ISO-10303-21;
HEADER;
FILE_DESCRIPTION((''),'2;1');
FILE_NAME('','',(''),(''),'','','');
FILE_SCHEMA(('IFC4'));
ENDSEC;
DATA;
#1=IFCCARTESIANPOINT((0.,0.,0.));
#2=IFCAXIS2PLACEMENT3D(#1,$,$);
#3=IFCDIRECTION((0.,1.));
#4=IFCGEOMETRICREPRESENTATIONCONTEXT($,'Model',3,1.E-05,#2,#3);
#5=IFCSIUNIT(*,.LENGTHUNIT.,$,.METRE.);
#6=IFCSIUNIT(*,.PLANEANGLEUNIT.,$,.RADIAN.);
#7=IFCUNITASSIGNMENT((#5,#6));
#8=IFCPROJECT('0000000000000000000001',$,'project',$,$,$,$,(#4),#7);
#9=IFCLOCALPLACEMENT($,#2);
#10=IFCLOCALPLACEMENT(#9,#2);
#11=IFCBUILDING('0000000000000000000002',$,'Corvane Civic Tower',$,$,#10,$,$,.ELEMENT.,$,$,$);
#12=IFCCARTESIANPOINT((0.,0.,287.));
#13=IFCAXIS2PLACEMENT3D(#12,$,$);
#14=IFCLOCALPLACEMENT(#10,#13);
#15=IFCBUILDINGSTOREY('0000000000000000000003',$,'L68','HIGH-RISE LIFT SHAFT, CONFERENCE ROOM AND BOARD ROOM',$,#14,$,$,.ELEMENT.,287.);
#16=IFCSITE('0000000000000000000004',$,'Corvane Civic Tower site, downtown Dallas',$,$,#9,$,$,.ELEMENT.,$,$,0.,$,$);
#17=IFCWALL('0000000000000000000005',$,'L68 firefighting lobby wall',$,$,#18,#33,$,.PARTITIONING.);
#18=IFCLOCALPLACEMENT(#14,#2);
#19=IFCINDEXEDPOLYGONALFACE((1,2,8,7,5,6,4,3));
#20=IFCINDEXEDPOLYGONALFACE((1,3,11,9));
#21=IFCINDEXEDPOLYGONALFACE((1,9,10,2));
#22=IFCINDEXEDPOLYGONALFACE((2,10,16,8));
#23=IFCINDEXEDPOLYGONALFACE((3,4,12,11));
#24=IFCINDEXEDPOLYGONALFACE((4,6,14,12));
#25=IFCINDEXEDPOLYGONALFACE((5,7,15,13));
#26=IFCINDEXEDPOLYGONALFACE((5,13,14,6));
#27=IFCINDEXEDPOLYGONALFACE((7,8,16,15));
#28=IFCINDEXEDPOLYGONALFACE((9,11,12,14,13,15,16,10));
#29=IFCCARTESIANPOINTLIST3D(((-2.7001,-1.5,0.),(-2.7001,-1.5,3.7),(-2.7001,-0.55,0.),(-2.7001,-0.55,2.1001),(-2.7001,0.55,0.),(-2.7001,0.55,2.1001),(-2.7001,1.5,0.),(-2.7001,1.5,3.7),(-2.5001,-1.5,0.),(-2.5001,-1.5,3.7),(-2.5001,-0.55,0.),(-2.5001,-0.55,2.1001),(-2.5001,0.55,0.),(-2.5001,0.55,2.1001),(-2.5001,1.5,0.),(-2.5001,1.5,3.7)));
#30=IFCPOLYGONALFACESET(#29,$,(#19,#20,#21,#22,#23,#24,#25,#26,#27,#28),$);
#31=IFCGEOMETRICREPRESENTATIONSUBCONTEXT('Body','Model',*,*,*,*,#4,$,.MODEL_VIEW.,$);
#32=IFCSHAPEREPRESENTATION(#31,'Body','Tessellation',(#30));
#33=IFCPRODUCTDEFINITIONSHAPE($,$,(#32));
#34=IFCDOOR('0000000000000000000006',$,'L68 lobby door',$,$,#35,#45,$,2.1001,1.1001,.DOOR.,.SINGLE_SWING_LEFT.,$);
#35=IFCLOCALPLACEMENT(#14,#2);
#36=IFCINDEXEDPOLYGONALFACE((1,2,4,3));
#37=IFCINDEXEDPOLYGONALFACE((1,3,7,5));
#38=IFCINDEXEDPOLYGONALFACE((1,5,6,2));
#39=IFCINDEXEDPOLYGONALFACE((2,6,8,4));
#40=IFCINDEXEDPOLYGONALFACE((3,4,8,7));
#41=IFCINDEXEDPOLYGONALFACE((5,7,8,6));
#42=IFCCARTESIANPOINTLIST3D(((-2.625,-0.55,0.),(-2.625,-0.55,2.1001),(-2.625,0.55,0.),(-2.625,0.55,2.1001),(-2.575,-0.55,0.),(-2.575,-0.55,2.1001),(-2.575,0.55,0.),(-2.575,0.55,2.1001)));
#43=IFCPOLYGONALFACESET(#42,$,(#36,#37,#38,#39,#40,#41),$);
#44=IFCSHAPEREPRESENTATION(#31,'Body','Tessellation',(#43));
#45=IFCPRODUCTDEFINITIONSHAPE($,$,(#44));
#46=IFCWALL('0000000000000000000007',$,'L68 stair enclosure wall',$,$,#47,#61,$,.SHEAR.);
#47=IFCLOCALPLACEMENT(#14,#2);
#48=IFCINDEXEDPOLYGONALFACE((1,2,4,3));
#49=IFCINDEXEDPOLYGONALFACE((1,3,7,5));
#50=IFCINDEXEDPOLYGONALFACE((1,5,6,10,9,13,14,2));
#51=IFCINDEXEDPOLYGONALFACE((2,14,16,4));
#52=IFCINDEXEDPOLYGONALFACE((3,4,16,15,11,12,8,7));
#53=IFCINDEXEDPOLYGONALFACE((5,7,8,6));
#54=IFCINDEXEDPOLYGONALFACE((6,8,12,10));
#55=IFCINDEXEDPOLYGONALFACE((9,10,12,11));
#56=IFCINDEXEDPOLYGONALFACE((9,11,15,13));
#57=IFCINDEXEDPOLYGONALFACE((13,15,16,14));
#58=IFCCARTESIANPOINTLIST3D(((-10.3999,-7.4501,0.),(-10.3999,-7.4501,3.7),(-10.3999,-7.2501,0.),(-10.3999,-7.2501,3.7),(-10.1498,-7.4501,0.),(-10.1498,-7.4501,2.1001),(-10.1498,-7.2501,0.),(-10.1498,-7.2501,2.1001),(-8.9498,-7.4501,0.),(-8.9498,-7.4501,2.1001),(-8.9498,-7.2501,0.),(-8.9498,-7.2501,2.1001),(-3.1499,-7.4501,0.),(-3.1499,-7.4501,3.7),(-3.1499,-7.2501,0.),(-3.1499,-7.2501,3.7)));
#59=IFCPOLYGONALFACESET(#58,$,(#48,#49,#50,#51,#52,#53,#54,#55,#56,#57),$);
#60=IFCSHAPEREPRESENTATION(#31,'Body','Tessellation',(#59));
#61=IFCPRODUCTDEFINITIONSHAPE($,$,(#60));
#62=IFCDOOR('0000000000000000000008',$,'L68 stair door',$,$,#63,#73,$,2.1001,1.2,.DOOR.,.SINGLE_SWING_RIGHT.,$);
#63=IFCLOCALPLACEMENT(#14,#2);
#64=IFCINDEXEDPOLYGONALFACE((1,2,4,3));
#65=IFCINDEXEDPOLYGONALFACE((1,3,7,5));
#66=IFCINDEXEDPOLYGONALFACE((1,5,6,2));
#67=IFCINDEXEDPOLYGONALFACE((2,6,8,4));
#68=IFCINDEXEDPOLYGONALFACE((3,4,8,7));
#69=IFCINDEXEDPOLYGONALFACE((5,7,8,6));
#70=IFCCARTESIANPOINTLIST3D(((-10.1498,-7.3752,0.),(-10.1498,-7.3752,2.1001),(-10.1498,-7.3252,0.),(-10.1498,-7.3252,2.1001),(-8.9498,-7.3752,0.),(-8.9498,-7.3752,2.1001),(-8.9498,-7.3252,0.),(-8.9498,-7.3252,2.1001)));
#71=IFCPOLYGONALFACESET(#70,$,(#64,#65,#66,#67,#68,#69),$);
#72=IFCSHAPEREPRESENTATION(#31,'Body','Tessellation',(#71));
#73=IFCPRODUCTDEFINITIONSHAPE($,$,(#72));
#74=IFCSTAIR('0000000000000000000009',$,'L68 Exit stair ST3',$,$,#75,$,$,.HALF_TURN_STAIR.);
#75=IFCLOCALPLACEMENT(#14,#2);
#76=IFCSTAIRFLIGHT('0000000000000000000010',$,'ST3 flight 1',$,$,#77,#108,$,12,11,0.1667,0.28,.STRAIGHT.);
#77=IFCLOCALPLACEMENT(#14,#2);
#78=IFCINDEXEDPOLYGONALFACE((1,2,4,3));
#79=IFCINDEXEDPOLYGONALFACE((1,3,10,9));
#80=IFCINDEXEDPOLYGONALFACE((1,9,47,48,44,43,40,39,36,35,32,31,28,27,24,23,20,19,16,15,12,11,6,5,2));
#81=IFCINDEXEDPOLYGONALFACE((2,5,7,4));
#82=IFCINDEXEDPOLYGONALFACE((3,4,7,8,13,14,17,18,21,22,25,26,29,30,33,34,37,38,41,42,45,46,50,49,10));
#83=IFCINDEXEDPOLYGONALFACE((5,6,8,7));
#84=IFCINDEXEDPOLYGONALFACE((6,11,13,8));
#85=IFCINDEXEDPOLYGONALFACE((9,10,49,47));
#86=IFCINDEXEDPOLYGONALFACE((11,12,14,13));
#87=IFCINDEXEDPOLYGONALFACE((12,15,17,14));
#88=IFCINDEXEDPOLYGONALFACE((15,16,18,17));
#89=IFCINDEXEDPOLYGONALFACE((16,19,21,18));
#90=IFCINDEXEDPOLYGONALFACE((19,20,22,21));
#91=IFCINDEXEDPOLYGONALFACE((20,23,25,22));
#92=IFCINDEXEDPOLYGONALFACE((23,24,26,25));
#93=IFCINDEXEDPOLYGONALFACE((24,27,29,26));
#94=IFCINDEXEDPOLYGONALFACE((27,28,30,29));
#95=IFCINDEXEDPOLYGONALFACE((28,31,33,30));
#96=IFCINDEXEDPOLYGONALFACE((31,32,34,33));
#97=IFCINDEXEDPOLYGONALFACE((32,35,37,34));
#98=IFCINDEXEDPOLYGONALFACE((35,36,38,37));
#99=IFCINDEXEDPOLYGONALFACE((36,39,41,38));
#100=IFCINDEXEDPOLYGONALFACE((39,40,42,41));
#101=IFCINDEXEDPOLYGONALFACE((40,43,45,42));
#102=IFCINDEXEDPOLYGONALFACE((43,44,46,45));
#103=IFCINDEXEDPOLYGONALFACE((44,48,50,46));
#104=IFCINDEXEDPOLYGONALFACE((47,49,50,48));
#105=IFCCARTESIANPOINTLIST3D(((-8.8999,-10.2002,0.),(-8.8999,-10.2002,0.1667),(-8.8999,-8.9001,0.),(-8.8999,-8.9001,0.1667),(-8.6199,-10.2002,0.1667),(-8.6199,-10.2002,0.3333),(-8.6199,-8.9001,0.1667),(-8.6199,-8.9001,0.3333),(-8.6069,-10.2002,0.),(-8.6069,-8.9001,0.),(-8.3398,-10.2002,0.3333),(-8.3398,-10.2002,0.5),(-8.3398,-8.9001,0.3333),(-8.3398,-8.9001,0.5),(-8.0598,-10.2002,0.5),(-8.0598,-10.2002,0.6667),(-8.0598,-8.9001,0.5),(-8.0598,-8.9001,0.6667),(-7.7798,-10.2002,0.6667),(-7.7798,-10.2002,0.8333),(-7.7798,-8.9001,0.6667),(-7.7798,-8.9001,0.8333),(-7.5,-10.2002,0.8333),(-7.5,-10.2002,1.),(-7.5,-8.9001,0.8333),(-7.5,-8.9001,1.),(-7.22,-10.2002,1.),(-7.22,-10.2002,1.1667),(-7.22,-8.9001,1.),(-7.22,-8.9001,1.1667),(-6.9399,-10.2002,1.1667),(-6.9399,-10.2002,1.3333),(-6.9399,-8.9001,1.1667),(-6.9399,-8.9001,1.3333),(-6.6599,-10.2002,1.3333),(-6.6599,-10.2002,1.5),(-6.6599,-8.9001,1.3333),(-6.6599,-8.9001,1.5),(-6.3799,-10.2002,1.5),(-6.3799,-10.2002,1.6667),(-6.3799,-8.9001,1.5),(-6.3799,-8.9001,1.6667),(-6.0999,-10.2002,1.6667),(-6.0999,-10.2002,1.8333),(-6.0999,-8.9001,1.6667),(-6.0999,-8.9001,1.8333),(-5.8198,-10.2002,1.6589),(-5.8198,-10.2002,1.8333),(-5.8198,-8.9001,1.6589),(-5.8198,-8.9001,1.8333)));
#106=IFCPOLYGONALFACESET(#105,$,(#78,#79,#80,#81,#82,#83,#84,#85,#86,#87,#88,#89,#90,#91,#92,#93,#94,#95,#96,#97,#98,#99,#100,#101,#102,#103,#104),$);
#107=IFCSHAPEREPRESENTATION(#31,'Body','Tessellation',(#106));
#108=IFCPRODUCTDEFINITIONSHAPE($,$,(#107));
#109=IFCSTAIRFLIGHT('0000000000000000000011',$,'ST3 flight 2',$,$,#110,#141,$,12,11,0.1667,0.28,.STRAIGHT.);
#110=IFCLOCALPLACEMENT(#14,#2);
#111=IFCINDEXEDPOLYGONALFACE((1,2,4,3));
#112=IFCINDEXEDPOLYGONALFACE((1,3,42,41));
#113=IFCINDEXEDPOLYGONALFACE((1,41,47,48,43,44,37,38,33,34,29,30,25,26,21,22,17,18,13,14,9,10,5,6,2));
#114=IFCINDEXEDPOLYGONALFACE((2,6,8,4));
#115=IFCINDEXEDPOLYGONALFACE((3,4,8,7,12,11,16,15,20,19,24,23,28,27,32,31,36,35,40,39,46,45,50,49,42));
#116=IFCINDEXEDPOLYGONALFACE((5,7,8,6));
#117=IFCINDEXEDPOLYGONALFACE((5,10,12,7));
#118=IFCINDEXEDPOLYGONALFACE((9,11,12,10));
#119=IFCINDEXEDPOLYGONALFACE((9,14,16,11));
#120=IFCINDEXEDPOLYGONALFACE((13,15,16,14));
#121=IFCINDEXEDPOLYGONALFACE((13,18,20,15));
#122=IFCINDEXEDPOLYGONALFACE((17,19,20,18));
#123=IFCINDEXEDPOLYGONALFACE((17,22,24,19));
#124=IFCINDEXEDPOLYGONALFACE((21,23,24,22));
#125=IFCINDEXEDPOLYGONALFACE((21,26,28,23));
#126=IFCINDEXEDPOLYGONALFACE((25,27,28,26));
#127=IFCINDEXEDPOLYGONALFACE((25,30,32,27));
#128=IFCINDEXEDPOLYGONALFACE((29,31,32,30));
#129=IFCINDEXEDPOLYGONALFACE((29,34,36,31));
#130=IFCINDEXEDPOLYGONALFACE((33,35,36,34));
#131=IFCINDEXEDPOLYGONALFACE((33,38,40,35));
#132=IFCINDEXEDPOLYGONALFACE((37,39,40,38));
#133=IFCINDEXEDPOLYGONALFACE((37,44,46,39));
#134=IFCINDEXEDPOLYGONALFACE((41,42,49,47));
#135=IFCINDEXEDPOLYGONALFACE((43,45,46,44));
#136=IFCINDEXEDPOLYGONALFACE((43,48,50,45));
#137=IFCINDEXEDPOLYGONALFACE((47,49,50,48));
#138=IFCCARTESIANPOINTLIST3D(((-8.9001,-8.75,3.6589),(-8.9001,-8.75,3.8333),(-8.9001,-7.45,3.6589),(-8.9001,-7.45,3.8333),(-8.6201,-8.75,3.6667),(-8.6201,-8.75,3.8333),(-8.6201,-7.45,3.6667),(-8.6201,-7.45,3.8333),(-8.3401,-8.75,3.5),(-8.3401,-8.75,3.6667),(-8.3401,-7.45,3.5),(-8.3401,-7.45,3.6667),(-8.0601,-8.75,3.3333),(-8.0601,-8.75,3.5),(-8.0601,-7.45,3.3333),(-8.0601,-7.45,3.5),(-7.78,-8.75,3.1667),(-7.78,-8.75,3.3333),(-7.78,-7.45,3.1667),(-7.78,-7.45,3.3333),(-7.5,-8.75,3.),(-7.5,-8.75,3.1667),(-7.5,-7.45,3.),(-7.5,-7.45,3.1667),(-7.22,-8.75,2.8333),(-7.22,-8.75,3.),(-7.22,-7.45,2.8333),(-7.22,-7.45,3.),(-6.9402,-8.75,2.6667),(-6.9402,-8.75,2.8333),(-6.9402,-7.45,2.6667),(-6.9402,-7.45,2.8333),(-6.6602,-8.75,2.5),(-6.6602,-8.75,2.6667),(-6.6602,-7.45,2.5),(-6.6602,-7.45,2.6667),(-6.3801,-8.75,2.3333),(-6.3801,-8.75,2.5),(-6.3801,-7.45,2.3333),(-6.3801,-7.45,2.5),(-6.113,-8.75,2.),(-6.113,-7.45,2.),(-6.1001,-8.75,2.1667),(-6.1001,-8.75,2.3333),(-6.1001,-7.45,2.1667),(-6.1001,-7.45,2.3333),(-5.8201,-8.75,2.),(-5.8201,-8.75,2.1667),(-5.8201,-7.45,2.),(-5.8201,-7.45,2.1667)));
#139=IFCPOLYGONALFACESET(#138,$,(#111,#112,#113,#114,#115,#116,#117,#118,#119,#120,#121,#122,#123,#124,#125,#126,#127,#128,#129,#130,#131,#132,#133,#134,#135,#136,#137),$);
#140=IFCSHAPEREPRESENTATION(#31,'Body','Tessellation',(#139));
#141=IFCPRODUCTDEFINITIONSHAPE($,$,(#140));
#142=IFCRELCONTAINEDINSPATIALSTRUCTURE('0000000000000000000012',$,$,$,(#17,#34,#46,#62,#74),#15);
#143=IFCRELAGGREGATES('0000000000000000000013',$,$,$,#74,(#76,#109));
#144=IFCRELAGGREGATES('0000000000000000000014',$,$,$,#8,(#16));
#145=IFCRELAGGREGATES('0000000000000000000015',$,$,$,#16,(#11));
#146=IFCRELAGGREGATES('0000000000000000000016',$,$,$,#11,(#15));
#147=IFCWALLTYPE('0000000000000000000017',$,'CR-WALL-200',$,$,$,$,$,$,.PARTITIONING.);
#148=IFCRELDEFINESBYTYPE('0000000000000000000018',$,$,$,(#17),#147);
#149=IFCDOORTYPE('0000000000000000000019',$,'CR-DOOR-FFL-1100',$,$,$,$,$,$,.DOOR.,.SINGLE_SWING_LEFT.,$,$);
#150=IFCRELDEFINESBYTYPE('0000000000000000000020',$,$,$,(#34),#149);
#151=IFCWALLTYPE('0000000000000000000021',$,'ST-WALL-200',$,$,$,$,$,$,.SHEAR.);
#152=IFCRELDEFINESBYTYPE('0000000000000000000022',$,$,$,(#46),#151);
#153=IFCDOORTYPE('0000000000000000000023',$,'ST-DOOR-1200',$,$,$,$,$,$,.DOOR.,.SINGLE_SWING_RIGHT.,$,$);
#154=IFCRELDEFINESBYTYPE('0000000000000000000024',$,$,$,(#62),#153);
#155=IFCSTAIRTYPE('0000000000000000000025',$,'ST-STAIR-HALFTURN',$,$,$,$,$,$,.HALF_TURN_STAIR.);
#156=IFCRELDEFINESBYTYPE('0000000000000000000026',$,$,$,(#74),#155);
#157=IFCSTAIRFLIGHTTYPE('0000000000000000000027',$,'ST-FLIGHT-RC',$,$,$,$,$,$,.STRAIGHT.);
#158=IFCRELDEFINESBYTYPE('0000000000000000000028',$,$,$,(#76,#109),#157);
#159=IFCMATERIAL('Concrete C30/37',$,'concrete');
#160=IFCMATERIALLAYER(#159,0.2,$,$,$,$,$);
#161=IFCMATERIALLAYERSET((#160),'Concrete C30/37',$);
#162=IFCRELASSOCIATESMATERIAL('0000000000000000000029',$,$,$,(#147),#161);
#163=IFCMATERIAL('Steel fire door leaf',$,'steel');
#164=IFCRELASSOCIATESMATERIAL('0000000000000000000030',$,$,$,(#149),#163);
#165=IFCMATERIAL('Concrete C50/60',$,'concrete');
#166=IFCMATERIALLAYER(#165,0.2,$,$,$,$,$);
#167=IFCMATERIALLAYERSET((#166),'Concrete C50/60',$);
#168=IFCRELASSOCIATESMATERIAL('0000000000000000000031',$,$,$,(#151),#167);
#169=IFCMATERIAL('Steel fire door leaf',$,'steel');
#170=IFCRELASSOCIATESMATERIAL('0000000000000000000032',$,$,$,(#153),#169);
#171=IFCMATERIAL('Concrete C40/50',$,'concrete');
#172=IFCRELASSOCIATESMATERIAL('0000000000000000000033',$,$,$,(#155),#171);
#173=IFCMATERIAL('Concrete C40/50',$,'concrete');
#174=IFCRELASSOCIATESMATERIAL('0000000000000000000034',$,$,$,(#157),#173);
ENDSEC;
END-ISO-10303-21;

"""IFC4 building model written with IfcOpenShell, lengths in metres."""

from ifc_helpers import new_model, si_unit, direction, frame, frame_2d, origin, place, context, subcontext, project, spatial, polyline, rectangle, outline, extrude, material, layer, layer_set, type_object, element, fill, aggregate, save


model = new_model("IFC4")

# Units and contexts
model_context = context("Model", 3, precision=1e-05, world=origin(), true_north=direction((0.0, 1.0)))
body_context = subcontext(model_context, "Body", "Model", "MODEL_VIEW")
ifc_project = project(units=[si_unit("LENGTHUNIT", "METRE"), si_unit("PLANEANGLEUNIT", "RADIAN")], contexts=[model_context])

# Site, building, storey
site_placement = place(None, origin())
site = spatial("IfcSite", under=ifc_project, at=site_placement, Name="Corvane Civic Tower site, downtown Dallas", CompositionType="ELEMENT", RefElevation=0.0)
building_placement = place(site_placement, origin())
building = spatial("IfcBuilding", under=site, at=building_placement, Name="Corvane Civic Tower", CompositionType="ELEMENT")
storey_placement = place(building_placement, frame((0.0, 0.0, 287.0)))
storey = spatial("IfcBuildingStorey", under=building, at=storey_placement, Name="L68", Description="HIGH-RISE LIFT SHAFT, CONFERENCE ROOM AND BOARD ROOM", CompositionType="ELEMENT", Elevation=287.0)

# Shared definitions
ifc_material_1 = material(Name="Concrete C30/37", Category="concrete")
ifc_layer_1 = layer(ifc_material_1, 0.2)
ifc_layer_set_1 = layer_set([ifc_layer_1], Name="Concrete C30/37")
wall_type_1 = type_object("IfcWallType", Name="CR-WALL-200", PredefinedType="PARTITIONING", material=ifc_layer_set_1)

# Walls, openings, doors
ifc_material_2 = material(Name="Steel fire door leaf", Category="steel")
door_type_1 = type_object("IfcDoorType", Name="CR-DOOR-FFL-1100", OperationType="SINGLE_SWING_LEFT", PredefinedType="DOOR", material=ifc_material_2)
wall_1_placement = place(storey_placement, frame((-2.6001, -1.5, 0.0), z_axis=(0.0, 0.0, 1.0), x_axis=(0.0, 1.0, 0.0)))
wall_1 = element("IfcWall", 1, at=wall_1_placement, inside=storey, type_object=wall_type_1, Name="L68 firefighting lobby wall", PredefinedType="PARTITIONING", context=body_context, shape_type="SweptSolid", body=[
    extrude(rectangle(XDim=3.0, YDim=0.2, at=frame_2d((1.5, 0.0))), origin(), (0.0, 0.0, 1.0), 3.7),
])
opening_1_placement = place(wall_1_placement, frame((0.95, 0.0, 0.0)))
opening_1 = element("IfcOpeningElement", 2, at=opening_1_placement, cuts=wall_1, PredefinedType="OPENING", context=body_context, shape_type="SweptSolid", body=[
    extrude(rectangle(XDim=1.1001, YDim=2.1001, at=frame_2d((0.55, 1.05))), frame((0.0, 0.1099, 0.0), z_axis=(0.0, -1.0, 0.0), x_axis=(1.0, 0.0, 0.0)), (0.0, 0.0, 1.0), 0.22),
])
door_1_placement = place(opening_1_placement, origin())
door_1 = element("IfcDoor", 3, at=door_1_placement, inside=storey, type_object=door_type_1, Name="L68 lobby door", OperationType="SINGLE_SWING_LEFT", OverallHeight=2.1001, OverallWidth=1.1001, PredefinedType="DOOR", context=body_context, shape_type="SweptSolid", body=[
    extrude(rectangle(XDim=1.1001, YDim=2.1001, at=frame_2d((0.55, 1.05))), frame((0.0, 0.0249, 0.0), z_axis=(0.0, -1.0, 0.0), x_axis=(1.0, 0.0, 0.0)), (0.0, 0.0, 1.0), 0.05),
])
fill(opening_1, door_1)
ifc_material_3 = material(Name="Concrete C50/60", Category="concrete")
ifc_layer_2 = layer(ifc_material_3, 0.2)
ifc_layer_set_2 = layer_set([ifc_layer_2], Name="Concrete C50/60")
wall_type_2 = type_object("IfcWallType", Name="ST-WALL-200", PredefinedType="SHEAR", material=ifc_layer_set_2)
wall_2_placement = place(storey_placement, frame((-10.3999, -7.3501, 0.0), z_axis=(0.0, 0.0, 1.0), x_axis=(1.0, 0.0, 0.0)))
wall_2 = element("IfcWall", 4, at=wall_2_placement, inside=storey, type_object=wall_type_2, Name="L68 stair enclosure wall", PredefinedType="SHEAR", context=body_context, shape_type="SweptSolid", body=[
    extrude(rectangle(XDim=7.25, YDim=0.2, at=frame_2d((3.625, 0.0))), origin(), (0.0, 0.0, 1.0), 3.7),
])
opening_2_placement = place(wall_2_placement, frame((0.25, 0.0, 0.0)))
opening_2 = element("IfcOpeningElement", 5, at=opening_2_placement, cuts=wall_2, PredefinedType="OPENING", context=body_context, shape_type="SweptSolid", body=[
    extrude(rectangle(XDim=1.2, YDim=2.1001, at=frame_2d((0.6001, 1.05))), frame((0.0, 0.1099, 0.0), z_axis=(0.0, -1.0, 0.0), x_axis=(1.0, 0.0, 0.0)), (0.0, 0.0, 1.0), 0.22),
])
ifc_material_4 = material(Name="Steel fire door leaf", Category="steel")
door_type_2 = type_object("IfcDoorType", Name="ST-DOOR-1200", OperationType="SINGLE_SWING_RIGHT", PredefinedType="DOOR", material=ifc_material_4)
door_2_placement = place(opening_2_placement, origin())
door_2 = element("IfcDoor", 6, at=door_2_placement, inside=storey, type_object=door_type_2, Name="L68 stair door", OperationType="SINGLE_SWING_RIGHT", OverallHeight=2.1001, OverallWidth=1.2, PredefinedType="DOOR", context=body_context, shape_type="SweptSolid", body=[
    extrude(rectangle(XDim=1.2, YDim=2.1001, at=frame_2d((0.6001, 1.05))), frame((0.0, 0.0249, 0.0), z_axis=(0.0, -1.0, 0.0), x_axis=(1.0, 0.0, 0.0)), (0.0, 0.0, 1.0), 0.05),
])
fill(opening_2, door_2)

# Stair, stair flights
ifc_material_5 = material(Name="Concrete C40/50", Category="concrete")
stair_type = type_object("IfcStairType", Name="ST-STAIR-HALFTURN", PredefinedType="HALF_TURN_STAIR", material=ifc_material_5)
stair_placement = place(storey_placement, origin())
stair = element("IfcStair", 7, at=stair_placement, inside=storey, type_object=stair_type, Name="L68 Exit stair ST3", PredefinedType="HALF_TURN_STAIR")
ifc_material_6 = material(Name="Concrete C40/50", Category="concrete")
stair_flight_type = type_object("IfcStairFlightType", Name="ST-FLIGHT-RC", PredefinedType="STRAIGHT", material=ifc_material_6)
stair_flight_1_placement = place(storey_placement, frame((-8.8999, -9.55, 0.0), z_axis=(0.0, 0.0, 1.0), x_axis=(1.0, 0.0, 0.0)))
stair_flight_1 = element("IfcStairFlight", 8, at=stair_flight_1_placement, type_object=stair_flight_type, Name="ST3 flight 1", NumberOfRisers=12, NumberOfTreads=11, PredefinedType="STRAIGHT", RiserHeight=0.1667, TreadLength=0.28, context=body_context, shape_type="SweptSolid", body=[
    extrude(outline(polyline([(0.0, 0.0), (0.0, 0.1667), (0.28, 0.1667), (0.28, 0.3333), (0.5601, 0.3333), (0.5601, 0.5), (0.8401, 0.5), (0.8401, 0.6667), (1.1201, 0.6667), (1.1201, 0.8333), (1.3999, 0.8333), (1.3999, 1.0), (1.6799, 1.0), (1.6799, 1.1667), (1.96, 1.1667), (1.96, 1.3333), (2.24, 1.3333), (2.24, 1.5), (2.52, 1.5), (2.52, 1.6667), (2.8, 1.6667), (2.8, 1.8333), (3.0801, 1.8333), (3.0801, 2.0), (3.0801, 1.6589), (0.293, 0.0), (0.0, 0.0)])), frame((0.0, 0.6499, 0.0), z_axis=(0.0, -1.0, 0.0), x_axis=(1.0, 0.0, 0.0)), (0.0, 0.0, 1.0), 1.3),
])
stair_flight_2_placement = place(storey_placement, frame((-5.8201, -8.1001, 2.0), z_axis=(0.0, 0.0, 1.0), x_axis=(-1.0, 0.0, 0.0)))
stair_flight_2 = element("IfcStairFlight", 9, at=stair_flight_2_placement, type_object=stair_flight_type, Name="ST3 flight 2", NumberOfRisers=12, NumberOfTreads=11, PredefinedType="STRAIGHT", RiserHeight=0.1667, TreadLength=0.28, context=body_context, shape_type="SweptSolid", body=[
    extrude(outline(polyline([(0.0, 0.0), (0.0, 0.1667), (0.28, 0.1667), (0.28, 0.3333), (0.5601, 0.3333), (0.5601, 0.5), (0.8401, 0.5), (0.8401, 0.6667), (1.1201, 0.6667), (1.1201, 0.8333), (1.3999, 0.8333), (1.3999, 1.0), (1.6799, 1.0), (1.6799, 1.1667), (1.96, 1.1667), (1.96, 1.3333), (2.24, 1.3333), (2.24, 1.5), (2.52, 1.5), (2.52, 1.6667), (2.8, 1.6667), (2.8, 1.8333), (3.0801, 1.8333), (3.0801, 2.0), (3.0801, 1.6589), (0.293, 0.0), (0.0, 0.0)])), frame((0.0, 0.6499, 0.0), z_axis=(0.0, -1.0, 0.0), x_axis=(1.0, 0.0, 0.0)), (0.0, 0.0, 1.0), 1.3),
])
aggregate(stair, [stair_flight_1, stair_flight_2])

save(model, "model.ifc")
